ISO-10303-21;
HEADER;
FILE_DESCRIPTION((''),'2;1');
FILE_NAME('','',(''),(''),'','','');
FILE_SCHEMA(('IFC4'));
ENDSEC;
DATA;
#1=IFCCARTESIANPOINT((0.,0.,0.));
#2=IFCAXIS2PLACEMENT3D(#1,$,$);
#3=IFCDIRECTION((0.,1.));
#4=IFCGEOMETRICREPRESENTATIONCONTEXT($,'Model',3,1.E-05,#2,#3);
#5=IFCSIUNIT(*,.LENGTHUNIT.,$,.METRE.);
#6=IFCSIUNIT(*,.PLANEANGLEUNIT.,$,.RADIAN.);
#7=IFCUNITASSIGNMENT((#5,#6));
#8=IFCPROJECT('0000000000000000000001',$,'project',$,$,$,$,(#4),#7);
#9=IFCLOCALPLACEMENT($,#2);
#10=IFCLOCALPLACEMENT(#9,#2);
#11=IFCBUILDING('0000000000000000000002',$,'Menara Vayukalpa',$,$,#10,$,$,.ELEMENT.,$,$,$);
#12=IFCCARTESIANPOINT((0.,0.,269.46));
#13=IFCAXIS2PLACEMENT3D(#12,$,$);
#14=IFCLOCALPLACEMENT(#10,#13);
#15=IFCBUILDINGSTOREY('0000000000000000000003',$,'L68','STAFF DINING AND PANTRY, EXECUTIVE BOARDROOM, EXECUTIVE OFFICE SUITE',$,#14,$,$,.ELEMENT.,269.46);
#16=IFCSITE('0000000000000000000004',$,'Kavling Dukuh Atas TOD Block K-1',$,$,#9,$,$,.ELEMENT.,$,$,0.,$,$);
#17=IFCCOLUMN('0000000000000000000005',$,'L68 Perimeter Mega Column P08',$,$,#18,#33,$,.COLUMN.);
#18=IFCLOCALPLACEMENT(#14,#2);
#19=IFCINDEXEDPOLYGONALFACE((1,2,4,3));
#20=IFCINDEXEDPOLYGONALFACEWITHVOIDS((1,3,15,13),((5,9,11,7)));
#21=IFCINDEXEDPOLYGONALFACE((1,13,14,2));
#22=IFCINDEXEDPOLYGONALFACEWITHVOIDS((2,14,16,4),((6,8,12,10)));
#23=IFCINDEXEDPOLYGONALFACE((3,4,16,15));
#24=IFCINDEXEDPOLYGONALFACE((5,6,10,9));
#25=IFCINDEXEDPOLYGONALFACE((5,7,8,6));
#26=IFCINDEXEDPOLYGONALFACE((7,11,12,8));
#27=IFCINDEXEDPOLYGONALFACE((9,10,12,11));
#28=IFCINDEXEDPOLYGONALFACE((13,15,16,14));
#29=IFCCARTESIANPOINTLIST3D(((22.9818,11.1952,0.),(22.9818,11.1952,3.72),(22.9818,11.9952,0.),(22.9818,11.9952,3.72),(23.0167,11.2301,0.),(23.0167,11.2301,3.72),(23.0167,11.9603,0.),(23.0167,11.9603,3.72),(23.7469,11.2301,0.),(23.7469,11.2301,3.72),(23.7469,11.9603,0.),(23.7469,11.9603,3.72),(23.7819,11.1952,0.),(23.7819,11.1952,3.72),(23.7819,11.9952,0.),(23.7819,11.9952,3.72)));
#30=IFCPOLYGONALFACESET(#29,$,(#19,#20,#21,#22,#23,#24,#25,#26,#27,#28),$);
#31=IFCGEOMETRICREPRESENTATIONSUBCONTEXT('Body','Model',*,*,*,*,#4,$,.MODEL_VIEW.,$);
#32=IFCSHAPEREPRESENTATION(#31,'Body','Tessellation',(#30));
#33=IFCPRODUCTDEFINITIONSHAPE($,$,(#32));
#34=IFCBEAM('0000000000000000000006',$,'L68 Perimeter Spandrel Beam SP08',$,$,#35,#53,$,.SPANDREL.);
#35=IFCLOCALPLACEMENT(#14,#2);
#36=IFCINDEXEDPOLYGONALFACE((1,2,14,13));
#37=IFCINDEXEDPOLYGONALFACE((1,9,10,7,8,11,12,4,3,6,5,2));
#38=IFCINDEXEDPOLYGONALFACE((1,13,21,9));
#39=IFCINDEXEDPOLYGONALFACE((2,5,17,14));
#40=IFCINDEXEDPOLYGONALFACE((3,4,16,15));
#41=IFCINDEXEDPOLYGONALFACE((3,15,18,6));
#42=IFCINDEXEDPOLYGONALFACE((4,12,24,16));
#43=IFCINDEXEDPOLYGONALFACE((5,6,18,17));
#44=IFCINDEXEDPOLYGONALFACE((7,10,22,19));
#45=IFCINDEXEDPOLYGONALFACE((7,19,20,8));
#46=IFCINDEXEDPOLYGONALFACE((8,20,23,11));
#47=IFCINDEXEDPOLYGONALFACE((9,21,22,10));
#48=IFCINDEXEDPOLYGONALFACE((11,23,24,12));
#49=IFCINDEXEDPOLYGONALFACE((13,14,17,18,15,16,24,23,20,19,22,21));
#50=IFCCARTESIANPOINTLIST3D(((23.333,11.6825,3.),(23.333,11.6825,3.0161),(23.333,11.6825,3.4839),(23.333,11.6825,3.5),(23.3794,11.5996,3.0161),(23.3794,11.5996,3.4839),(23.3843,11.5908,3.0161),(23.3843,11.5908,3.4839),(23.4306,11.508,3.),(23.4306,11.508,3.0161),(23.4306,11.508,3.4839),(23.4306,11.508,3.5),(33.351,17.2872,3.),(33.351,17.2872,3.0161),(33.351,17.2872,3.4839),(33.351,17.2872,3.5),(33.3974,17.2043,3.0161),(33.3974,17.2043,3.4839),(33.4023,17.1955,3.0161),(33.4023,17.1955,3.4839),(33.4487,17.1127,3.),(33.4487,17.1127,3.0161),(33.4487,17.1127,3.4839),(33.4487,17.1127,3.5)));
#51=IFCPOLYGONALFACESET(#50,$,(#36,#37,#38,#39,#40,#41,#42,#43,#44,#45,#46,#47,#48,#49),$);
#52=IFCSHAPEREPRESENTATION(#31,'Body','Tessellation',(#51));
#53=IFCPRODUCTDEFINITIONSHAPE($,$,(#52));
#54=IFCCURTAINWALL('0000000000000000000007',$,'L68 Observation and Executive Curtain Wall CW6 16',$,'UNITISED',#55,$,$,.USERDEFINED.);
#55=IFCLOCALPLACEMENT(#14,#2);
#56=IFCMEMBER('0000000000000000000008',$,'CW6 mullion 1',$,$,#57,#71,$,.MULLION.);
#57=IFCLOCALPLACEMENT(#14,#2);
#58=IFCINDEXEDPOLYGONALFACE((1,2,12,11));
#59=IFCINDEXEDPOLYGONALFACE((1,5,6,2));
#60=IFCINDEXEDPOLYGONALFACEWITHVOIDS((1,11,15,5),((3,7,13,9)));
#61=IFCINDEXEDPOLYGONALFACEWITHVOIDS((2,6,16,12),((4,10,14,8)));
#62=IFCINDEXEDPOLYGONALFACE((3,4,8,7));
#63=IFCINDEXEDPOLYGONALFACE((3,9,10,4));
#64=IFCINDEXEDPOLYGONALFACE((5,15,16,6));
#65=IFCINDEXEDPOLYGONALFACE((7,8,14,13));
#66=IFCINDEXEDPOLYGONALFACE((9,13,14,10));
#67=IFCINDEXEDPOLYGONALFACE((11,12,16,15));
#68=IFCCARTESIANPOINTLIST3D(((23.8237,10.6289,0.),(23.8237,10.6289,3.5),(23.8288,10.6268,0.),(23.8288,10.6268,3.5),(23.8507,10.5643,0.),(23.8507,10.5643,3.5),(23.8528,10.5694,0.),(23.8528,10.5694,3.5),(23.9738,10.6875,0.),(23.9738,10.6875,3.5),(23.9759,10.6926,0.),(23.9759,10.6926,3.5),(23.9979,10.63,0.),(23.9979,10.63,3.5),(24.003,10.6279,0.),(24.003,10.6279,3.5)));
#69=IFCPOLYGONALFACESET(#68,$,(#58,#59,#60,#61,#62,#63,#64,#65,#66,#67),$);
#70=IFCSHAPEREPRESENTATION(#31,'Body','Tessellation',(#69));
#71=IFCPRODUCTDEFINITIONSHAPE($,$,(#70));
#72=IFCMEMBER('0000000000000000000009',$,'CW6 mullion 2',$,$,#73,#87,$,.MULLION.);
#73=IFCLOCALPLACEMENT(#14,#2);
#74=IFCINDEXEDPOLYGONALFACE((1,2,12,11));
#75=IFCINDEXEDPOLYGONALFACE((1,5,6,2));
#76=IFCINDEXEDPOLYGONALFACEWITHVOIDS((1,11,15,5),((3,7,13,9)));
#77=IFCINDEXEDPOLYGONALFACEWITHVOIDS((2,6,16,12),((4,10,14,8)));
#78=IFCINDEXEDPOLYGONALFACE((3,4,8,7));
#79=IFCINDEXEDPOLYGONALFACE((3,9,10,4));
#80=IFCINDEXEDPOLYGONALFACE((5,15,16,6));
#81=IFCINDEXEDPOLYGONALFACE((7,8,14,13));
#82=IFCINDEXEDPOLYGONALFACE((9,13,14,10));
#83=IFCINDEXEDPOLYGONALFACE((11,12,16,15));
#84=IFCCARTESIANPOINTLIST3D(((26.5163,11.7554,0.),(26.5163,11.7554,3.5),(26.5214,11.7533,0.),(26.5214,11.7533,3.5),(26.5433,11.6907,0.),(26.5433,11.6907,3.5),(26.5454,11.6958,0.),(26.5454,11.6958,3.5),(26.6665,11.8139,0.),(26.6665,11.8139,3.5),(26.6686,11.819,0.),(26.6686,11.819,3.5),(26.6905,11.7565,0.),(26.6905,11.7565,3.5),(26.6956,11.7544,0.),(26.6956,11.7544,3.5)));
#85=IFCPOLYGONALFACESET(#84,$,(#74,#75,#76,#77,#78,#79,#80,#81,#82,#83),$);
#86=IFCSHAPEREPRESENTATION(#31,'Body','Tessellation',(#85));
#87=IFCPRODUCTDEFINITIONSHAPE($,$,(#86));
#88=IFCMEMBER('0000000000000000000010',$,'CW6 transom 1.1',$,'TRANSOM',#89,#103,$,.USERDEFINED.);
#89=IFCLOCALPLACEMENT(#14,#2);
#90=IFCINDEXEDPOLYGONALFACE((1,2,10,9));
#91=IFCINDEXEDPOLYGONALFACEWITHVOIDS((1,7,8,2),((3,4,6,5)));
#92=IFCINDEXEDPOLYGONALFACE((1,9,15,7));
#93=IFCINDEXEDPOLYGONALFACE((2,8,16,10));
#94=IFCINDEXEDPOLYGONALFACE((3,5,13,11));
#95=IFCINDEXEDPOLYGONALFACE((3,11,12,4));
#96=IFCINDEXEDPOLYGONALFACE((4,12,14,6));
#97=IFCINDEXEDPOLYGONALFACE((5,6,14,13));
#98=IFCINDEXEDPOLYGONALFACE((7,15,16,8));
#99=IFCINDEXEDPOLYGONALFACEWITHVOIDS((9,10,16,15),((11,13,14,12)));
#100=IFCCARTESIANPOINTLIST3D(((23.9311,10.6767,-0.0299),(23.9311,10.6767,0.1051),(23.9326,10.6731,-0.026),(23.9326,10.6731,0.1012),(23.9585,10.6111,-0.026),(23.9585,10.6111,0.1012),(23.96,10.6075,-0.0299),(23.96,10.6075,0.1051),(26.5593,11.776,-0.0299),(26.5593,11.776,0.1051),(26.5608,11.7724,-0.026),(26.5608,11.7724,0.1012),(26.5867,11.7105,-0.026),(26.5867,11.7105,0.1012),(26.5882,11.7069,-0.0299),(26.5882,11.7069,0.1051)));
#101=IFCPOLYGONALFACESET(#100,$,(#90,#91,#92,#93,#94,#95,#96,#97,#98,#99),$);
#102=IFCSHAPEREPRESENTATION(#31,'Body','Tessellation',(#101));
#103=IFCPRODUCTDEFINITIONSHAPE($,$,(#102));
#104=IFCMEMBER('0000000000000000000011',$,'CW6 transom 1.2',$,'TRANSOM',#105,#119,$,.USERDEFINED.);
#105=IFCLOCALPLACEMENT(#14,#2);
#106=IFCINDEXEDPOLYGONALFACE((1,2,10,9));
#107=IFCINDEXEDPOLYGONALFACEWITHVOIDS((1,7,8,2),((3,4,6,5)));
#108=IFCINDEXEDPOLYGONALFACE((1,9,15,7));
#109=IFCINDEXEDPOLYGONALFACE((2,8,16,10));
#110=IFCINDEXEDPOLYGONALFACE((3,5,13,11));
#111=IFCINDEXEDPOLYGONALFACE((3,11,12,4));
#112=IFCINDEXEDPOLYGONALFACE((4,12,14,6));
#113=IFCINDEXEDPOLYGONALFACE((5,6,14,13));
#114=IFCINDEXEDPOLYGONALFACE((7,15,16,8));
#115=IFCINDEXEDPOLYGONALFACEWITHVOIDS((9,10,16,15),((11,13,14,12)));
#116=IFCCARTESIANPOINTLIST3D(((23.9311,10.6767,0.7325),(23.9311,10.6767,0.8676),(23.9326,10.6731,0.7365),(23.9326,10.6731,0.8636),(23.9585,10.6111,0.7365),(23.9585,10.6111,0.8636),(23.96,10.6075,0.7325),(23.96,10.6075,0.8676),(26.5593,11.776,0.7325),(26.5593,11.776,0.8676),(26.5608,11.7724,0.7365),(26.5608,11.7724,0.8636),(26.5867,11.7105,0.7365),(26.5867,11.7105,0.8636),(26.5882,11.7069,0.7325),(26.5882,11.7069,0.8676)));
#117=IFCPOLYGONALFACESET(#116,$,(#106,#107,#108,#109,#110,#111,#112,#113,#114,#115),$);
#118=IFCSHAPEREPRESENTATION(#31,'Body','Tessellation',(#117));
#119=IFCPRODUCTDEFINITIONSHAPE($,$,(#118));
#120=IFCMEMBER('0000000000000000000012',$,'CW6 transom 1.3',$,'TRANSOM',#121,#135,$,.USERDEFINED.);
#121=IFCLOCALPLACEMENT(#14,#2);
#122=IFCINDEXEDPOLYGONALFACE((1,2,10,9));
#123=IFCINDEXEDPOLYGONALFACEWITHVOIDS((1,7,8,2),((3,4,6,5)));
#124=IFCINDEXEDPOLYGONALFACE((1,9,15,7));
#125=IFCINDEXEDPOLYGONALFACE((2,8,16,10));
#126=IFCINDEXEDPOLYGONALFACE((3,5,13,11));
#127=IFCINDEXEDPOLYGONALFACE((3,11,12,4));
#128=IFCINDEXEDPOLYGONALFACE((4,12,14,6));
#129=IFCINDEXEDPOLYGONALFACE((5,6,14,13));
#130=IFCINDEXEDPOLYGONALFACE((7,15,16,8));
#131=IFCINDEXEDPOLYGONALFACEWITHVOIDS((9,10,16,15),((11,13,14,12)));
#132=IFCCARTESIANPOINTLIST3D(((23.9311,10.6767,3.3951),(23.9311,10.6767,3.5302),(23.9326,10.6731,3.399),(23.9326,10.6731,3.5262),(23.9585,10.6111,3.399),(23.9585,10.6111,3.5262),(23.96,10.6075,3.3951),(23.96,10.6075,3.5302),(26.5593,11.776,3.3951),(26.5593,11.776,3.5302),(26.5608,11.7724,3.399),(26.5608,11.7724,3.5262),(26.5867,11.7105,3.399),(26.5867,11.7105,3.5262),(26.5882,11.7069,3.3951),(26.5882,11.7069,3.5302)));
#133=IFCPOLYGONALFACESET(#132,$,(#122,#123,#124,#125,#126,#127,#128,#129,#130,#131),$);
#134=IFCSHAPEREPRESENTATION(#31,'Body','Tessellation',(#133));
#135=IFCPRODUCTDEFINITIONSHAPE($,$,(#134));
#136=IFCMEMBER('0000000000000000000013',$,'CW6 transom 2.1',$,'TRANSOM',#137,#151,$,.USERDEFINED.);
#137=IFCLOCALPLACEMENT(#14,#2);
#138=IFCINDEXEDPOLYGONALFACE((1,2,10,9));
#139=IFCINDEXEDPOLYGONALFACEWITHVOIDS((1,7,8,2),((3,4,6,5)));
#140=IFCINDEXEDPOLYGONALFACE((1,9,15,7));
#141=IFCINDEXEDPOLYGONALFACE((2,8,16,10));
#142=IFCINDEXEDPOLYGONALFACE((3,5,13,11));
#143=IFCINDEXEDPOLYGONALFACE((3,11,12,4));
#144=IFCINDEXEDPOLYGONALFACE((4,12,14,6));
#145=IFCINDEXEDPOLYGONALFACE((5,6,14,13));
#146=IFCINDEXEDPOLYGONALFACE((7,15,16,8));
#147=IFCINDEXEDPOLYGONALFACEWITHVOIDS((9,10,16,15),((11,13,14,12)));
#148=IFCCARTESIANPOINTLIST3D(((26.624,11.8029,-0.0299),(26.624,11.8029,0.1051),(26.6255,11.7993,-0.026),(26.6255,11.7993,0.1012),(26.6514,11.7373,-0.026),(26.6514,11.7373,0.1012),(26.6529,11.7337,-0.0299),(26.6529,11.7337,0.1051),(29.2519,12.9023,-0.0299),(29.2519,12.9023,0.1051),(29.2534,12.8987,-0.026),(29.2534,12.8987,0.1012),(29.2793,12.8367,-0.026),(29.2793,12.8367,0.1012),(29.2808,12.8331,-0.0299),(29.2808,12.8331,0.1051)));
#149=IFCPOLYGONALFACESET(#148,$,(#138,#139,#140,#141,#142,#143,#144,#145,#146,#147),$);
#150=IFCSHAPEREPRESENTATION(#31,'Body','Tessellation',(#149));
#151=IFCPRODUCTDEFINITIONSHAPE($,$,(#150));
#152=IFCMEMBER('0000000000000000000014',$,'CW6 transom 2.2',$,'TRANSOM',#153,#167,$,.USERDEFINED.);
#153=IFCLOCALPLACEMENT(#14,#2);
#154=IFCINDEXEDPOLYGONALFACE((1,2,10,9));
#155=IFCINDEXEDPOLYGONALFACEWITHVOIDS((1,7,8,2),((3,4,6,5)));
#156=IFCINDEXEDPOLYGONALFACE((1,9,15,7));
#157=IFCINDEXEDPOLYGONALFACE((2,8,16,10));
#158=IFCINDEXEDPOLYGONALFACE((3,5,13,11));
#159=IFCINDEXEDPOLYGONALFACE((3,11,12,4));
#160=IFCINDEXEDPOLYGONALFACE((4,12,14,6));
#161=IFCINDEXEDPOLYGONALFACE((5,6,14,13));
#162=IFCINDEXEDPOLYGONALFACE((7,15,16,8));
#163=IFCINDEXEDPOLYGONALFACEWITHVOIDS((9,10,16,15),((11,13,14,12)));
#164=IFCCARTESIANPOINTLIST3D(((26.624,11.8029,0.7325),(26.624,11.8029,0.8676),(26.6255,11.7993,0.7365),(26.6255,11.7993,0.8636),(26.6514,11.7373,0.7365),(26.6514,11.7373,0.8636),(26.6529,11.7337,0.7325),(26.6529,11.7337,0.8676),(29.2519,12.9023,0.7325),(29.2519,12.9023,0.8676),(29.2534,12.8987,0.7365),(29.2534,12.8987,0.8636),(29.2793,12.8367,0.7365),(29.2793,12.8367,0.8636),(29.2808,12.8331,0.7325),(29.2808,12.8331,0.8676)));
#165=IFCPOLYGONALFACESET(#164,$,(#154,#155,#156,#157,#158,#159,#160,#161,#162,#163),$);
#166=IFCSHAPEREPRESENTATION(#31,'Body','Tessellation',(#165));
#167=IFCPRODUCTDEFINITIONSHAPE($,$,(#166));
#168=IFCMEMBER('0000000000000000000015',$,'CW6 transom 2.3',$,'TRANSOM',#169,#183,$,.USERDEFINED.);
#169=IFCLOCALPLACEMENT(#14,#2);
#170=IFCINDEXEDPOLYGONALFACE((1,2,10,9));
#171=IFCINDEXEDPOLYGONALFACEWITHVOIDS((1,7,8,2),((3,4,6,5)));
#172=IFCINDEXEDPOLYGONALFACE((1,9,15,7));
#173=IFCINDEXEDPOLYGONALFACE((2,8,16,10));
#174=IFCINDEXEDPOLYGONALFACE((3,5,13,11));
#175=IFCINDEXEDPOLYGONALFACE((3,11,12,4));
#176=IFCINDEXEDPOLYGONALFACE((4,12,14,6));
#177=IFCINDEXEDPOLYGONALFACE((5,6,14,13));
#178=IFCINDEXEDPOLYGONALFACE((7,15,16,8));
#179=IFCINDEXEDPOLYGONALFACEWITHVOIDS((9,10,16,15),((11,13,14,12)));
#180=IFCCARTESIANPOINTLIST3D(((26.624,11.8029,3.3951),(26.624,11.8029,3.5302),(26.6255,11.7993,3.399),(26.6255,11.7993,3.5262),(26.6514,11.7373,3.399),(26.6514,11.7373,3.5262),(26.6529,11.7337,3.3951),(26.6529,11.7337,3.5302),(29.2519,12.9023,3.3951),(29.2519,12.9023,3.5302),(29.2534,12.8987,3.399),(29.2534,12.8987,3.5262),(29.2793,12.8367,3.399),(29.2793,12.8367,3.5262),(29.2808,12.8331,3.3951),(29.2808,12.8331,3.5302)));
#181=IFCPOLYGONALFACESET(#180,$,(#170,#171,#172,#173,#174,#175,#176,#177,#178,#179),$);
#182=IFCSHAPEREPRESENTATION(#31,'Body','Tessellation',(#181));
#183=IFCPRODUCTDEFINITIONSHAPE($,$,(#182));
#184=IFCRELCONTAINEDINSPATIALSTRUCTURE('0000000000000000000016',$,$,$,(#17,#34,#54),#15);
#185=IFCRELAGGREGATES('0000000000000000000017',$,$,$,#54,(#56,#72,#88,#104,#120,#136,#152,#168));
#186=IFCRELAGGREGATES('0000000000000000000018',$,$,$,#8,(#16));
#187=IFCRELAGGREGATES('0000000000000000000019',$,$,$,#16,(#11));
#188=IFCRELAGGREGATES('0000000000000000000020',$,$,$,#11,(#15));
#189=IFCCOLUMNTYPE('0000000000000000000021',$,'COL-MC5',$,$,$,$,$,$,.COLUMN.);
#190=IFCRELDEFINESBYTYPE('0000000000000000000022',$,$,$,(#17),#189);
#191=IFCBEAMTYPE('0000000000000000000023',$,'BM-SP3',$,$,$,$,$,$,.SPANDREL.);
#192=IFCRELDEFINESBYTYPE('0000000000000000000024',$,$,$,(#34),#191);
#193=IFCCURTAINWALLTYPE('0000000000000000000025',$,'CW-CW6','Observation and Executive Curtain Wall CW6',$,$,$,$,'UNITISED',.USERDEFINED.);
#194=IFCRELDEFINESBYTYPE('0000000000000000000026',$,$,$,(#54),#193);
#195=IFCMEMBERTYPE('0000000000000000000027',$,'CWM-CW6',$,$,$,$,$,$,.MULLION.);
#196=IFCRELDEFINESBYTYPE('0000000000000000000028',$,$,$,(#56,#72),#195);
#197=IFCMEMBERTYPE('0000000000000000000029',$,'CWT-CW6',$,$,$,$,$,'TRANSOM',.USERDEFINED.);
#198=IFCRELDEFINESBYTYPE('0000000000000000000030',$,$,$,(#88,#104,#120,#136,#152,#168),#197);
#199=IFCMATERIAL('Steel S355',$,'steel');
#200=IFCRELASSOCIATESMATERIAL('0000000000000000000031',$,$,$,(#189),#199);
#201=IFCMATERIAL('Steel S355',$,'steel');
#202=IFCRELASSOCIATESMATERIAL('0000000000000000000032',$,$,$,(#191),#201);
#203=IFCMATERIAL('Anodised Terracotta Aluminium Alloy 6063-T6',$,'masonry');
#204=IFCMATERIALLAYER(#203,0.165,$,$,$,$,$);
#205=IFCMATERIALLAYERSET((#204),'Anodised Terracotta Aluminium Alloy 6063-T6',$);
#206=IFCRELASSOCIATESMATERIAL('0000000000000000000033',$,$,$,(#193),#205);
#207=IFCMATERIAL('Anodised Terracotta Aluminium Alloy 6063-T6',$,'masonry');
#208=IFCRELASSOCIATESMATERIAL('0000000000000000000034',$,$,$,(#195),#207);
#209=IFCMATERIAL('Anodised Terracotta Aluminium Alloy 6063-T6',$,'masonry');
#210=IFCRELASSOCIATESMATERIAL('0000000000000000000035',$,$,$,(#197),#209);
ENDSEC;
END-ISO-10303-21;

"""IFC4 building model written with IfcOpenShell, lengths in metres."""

from ifc_helpers import new_model, si_unit, direction, frame, origin, origin_2d, place, context, subcontext, project, spatial, hollow_rectangle, i_section, extrude, material, layer, layer_set, material_profile, profile_set, type_object, element, aggregate, save


model = new_model("IFC4")

# Units and contexts
model_context = context("Model", 3, precision=1e-05, world=origin(), true_north=direction((0.0, 1.0)))
body_context = subcontext(model_context, "Body", "Model", "MODEL_VIEW")
ifc_project = project(units=[si_unit("LENGTHUNIT", "METRE"), si_unit("PLANEANGLEUNIT", "RADIAN")], contexts=[model_context])

# Site, building, storey
site_placement = place(None, origin())
site = spatial("IfcSite", under=ifc_project, at=site_placement, Name="Kavling Dukuh Atas TOD Block K-1", CompositionType="ELEMENT", RefElevation=0.0)
building_placement = place(site_placement, origin())
building = spatial("IfcBuilding", under=site, at=building_placement, Name="Menara Vayukalpa", CompositionType="ELEMENT")
storey_placement = place(building_placement, frame((0.0, 0.0, 269.46)))
storey = spatial("IfcBuildingStorey", under=building, at=storey_placement, Name="L68", Description="STAFF DINING AND PANTRY, EXECUTIVE BOARDROOM, EXECUTIVE OFFICE SUITE", CompositionType="ELEMENT", Elevation=269.46)

# Column
ifc_material_1 = material(Name="Steel S355", Category="steel")
ifc_material_profile_1 = material_profile(ifc_material_1, hollow_rectangle(XDim=0.8, YDim=0.8, WallThickness=0.0349, at=origin_2d()), Name="BOX 800x800x35")
ifc_profile_set_1 = profile_set([ifc_material_profile_1], Name="Steel S355")
column_type = type_object("IfcColumnType", Name="COL-MC5", PredefinedType="COLUMN", material=ifc_profile_set_1)
column_placement = place(storey_placement, frame((23.3818, 11.5952, 0.0), z_axis=(0.0, 0.0, 1.0), x_axis=(1.0, 0.0, 0.0)))
element("IfcColumn", 1, at=column_placement, inside=storey, type_object=column_type, Name="L68 Perimeter Mega Column P08", PredefinedType="COLUMN", context=body_context, shape_type="SweptSolid", body=[
    extrude(hollow_rectangle(XDim=0.8, YDim=0.8, WallThickness=0.0349, at=origin_2d()), origin(), (0.0, 0.0, 1.0), 3.72),
])

# Beam
ifc_material_2 = material(Name="Steel S355", Category="steel")
ifc_material_profile_2 = material_profile(ifc_material_2, i_section(OverallWidth=0.2, OverallDepth=0.5, WebThickness=0.01, FlangeThickness=0.0161, at=origin_2d()), Name="WF 500x200x10x16")
ifc_profile_set_2 = profile_set([ifc_material_profile_2], Name="Steel S355")
beam_type = type_object("IfcBeamType", Name="BM-SP3", PredefinedType="SPANDREL", material=ifc_profile_set_2)
beam_placement = place(storey_placement, frame((23.3818, 11.5952, 3.25), z_axis=(0.872706, 0.488246, 0.0), x_axis=(-0.488246, 0.872706, 0.0)))
element("IfcBeam", 2, at=beam_placement, inside=storey, type_object=beam_type, Name="L68 Perimeter Spandrel Beam SP08", PredefinedType="SPANDREL", context=body_context, shape_type="SweptSolid", body=[
    extrude(i_section(OverallWidth=0.2, OverallDepth=0.5, WebThickness=0.01, FlangeThickness=0.0161, at=origin_2d()), origin(), (0.0, 0.0, 1.0), 11.4792),
])

# Curtain wall, members
ifc_material_3 = material(Name="Anodised Terracotta Aluminium Alloy 6063-T6", Category="masonry")
ifc_layer_1 = layer(ifc_material_3, 0.165)
ifc_layer_set_1 = layer_set([ifc_layer_1], Name="Anodised Terracotta Aluminium Alloy 6063-T6")
curtain_wall_type = type_object("IfcCurtainWallType", Name="CW-CW6", Description="Observation and Executive Curtain Wall CW6", ElementType="UNITISED", PredefinedType="USERDEFINED", material=ifc_layer_set_1)
curtain_wall_placement = place(storey_placement, origin())
curtain_wall = element("IfcCurtainWall", 3, at=curtain_wall_placement, inside=storey, type_object=curtain_wall_type, Name="L68 Observation and Executive Curtain Wall CW6 16", ObjectType="UNITISED", PredefinedType="USERDEFINED")
ifc_material_4 = material(Name="Anodised Terracotta Aluminium Alloy 6063-T6", Category="masonry")
ifc_material_profile_3 = material_profile(ifc_material_4, hollow_rectangle(XDim=0.0701, YDim=0.165, WallThickness=0.0039, at=origin_2d()), Name="ALU 70x165x4")
ifc_profile_set_3 = profile_set([ifc_material_profile_3], Name="Anodised Terracotta Aluminium Alloy 6063-T6")
member_type_1 = type_object("IfcMemberType", Name="CWM-CW6", PredefinedType="MULLION", material=ifc_profile_set_3)
member_1_placement = place(storey_placement, frame((23.9133, 10.6284, 0.0), z_axis=(0.0, 0.0, 1.0), x_axis=(-0.3859, 0.922541, 0.0)))
member_1 = element("IfcMember", 4, at=member_1_placement, type_object=member_type_1, Name="CW6 mullion 1", PredefinedType="MULLION", context=body_context, shape_type="SweptSolid", body=[
    extrude(hollow_rectangle(XDim=0.0701, YDim=0.165, WallThickness=0.0039, at=origin_2d()), origin(), (0.0, 0.0, 1.0), 3.5),
])
member_2_placement = place(storey_placement, frame((26.606, 11.7549, 0.0), z_axis=(0.0, 0.0, 1.0), x_axis=(-0.3859, 0.922541, 0.0)))
member_2 = element("IfcMember", 5, at=member_2_placement, type_object=member_type_1, Name="CW6 mullion 2", PredefinedType="MULLION", context=body_context, shape_type="SweptSolid", body=[
    extrude(hollow_rectangle(XDim=0.0701, YDim=0.165, WallThickness=0.0039, at=origin_2d()), origin(), (0.0, 0.0, 1.0), 3.5),
])
ifc_material_5 = material(Name="Anodised Terracotta Aluminium Alloy 6063-T6", Category="masonry")
ifc_material_profile_4 = material_profile(ifc_material_5, hollow_rectangle(XDim=0.075, YDim=0.135, WallThickness=0.0039, at=origin_2d()), Name="ALU 75x135x4")
ifc_profile_set_4 = profile_set([ifc_material_profile_4], Name="Anodised Terracotta Aluminium Alloy 6063-T6")
member_type_2 = type_object("IfcMemberType", Name="CWT-CW6", ElementType="TRANSOM", PredefinedType="USERDEFINED", material=ifc_profile_set_4)
member_3_placement = place(storey_placement, frame((23.9456, 10.6421, 0.0376), z_axis=(0.922541, 0.385899, 0.0), x_axis=(-0.385899, 0.922541, 0.0)))
member_3 = element("IfcMember", 6, at=member_3_placement, type_object=member_type_2, Name="CW6 transom 1.1", ObjectType="TRANSOM", PredefinedType="USERDEFINED", context=body_context, shape_type="SweptSolid", body=[
    extrude(hollow_rectangle(XDim=0.075, YDim=0.135, WallThickness=0.0039, at=origin_2d()), origin(), (0.0, 0.0, 1.0), 2.8489),
])
member_4_placement = place(storey_placement, frame((23.9456, 10.6421, 0.8), z_axis=(0.922541, 0.385899, 0.0), x_axis=(-0.385899, 0.922541, 0.0)))
member_4 = element("IfcMember", 7, at=member_4_placement, type_object=member_type_2, Name="CW6 transom 1.2", ObjectType="TRANSOM", PredefinedType="USERDEFINED", context=body_context, shape_type="SweptSolid", body=[
    extrude(hollow_rectangle(XDim=0.075, YDim=0.135, WallThickness=0.0039, at=origin_2d()), origin(), (0.0, 0.0, 1.0), 2.8489),
])
member_5_placement = place(storey_placement, frame((23.9456, 10.6421, 3.4626), z_axis=(0.922541, 0.385899, 0.0), x_axis=(-0.385899, 0.922541, 0.0)))
member_5 = element("IfcMember", 8, at=member_5_placement, type_object=member_type_2, Name="CW6 transom 1.3", ObjectType="TRANSOM", PredefinedType="USERDEFINED", context=body_context, shape_type="SweptSolid", body=[
    extrude(hollow_rectangle(XDim=0.075, YDim=0.135, WallThickness=0.0039, at=origin_2d()), origin(), (0.0, 0.0, 1.0), 2.8489),
])
member_6_placement = place(storey_placement, frame((26.6384, 11.7683, 0.0376), z_axis=(0.922528, 0.385929, 0.0), x_axis=(-0.385929, 0.922528, 0.0)))
member_6 = element("IfcMember", 9, at=member_6_placement, type_object=member_type_2, Name="CW6 transom 2.1", ObjectType="TRANSOM", PredefinedType="USERDEFINED", context=body_context, shape_type="SweptSolid", body=[
    extrude(hollow_rectangle(XDim=0.075, YDim=0.135, WallThickness=0.0039, at=origin_2d()), origin(), (0.0, 0.0, 1.0), 2.8486),
])
member_7_placement = place(storey_placement, frame((26.6384, 11.7683, 0.8), z_axis=(0.922528, 0.385929, 0.0), x_axis=(-0.385929, 0.922528, 0.0)))
member_7 = element("IfcMember", 10, at=member_7_placement, type_object=member_type_2, Name="CW6 transom 2.2", ObjectType="TRANSOM", PredefinedType="USERDEFINED", context=body_context, shape_type="SweptSolid", body=[
    extrude(hollow_rectangle(XDim=0.075, YDim=0.135, WallThickness=0.0039, at=origin_2d()), origin(), (0.0, 0.0, 1.0), 2.8486),
])
member_8_placement = place(storey_placement, frame((26.6384, 11.7683, 3.4626), z_axis=(0.922528, 0.385929, 0.0), x_axis=(-0.385929, 0.922528, 0.0)))
member_8 = element("IfcMember", 11, at=member_8_placement, type_object=member_type_2, Name="CW6 transom 2.3", ObjectType="TRANSOM", PredefinedType="USERDEFINED", context=body_context, shape_type="SweptSolid", body=[
    extrude(hollow_rectangle(XDim=0.075, YDim=0.135, WallThickness=0.0039, at=origin_2d()), origin(), (0.0, 0.0, 1.0), 2.8486),
])
aggregate(curtain_wall, [member_1, member_2, member_3, member_4, member_5, member_6, member_7, member_8])

save(model, "model.ifc")
